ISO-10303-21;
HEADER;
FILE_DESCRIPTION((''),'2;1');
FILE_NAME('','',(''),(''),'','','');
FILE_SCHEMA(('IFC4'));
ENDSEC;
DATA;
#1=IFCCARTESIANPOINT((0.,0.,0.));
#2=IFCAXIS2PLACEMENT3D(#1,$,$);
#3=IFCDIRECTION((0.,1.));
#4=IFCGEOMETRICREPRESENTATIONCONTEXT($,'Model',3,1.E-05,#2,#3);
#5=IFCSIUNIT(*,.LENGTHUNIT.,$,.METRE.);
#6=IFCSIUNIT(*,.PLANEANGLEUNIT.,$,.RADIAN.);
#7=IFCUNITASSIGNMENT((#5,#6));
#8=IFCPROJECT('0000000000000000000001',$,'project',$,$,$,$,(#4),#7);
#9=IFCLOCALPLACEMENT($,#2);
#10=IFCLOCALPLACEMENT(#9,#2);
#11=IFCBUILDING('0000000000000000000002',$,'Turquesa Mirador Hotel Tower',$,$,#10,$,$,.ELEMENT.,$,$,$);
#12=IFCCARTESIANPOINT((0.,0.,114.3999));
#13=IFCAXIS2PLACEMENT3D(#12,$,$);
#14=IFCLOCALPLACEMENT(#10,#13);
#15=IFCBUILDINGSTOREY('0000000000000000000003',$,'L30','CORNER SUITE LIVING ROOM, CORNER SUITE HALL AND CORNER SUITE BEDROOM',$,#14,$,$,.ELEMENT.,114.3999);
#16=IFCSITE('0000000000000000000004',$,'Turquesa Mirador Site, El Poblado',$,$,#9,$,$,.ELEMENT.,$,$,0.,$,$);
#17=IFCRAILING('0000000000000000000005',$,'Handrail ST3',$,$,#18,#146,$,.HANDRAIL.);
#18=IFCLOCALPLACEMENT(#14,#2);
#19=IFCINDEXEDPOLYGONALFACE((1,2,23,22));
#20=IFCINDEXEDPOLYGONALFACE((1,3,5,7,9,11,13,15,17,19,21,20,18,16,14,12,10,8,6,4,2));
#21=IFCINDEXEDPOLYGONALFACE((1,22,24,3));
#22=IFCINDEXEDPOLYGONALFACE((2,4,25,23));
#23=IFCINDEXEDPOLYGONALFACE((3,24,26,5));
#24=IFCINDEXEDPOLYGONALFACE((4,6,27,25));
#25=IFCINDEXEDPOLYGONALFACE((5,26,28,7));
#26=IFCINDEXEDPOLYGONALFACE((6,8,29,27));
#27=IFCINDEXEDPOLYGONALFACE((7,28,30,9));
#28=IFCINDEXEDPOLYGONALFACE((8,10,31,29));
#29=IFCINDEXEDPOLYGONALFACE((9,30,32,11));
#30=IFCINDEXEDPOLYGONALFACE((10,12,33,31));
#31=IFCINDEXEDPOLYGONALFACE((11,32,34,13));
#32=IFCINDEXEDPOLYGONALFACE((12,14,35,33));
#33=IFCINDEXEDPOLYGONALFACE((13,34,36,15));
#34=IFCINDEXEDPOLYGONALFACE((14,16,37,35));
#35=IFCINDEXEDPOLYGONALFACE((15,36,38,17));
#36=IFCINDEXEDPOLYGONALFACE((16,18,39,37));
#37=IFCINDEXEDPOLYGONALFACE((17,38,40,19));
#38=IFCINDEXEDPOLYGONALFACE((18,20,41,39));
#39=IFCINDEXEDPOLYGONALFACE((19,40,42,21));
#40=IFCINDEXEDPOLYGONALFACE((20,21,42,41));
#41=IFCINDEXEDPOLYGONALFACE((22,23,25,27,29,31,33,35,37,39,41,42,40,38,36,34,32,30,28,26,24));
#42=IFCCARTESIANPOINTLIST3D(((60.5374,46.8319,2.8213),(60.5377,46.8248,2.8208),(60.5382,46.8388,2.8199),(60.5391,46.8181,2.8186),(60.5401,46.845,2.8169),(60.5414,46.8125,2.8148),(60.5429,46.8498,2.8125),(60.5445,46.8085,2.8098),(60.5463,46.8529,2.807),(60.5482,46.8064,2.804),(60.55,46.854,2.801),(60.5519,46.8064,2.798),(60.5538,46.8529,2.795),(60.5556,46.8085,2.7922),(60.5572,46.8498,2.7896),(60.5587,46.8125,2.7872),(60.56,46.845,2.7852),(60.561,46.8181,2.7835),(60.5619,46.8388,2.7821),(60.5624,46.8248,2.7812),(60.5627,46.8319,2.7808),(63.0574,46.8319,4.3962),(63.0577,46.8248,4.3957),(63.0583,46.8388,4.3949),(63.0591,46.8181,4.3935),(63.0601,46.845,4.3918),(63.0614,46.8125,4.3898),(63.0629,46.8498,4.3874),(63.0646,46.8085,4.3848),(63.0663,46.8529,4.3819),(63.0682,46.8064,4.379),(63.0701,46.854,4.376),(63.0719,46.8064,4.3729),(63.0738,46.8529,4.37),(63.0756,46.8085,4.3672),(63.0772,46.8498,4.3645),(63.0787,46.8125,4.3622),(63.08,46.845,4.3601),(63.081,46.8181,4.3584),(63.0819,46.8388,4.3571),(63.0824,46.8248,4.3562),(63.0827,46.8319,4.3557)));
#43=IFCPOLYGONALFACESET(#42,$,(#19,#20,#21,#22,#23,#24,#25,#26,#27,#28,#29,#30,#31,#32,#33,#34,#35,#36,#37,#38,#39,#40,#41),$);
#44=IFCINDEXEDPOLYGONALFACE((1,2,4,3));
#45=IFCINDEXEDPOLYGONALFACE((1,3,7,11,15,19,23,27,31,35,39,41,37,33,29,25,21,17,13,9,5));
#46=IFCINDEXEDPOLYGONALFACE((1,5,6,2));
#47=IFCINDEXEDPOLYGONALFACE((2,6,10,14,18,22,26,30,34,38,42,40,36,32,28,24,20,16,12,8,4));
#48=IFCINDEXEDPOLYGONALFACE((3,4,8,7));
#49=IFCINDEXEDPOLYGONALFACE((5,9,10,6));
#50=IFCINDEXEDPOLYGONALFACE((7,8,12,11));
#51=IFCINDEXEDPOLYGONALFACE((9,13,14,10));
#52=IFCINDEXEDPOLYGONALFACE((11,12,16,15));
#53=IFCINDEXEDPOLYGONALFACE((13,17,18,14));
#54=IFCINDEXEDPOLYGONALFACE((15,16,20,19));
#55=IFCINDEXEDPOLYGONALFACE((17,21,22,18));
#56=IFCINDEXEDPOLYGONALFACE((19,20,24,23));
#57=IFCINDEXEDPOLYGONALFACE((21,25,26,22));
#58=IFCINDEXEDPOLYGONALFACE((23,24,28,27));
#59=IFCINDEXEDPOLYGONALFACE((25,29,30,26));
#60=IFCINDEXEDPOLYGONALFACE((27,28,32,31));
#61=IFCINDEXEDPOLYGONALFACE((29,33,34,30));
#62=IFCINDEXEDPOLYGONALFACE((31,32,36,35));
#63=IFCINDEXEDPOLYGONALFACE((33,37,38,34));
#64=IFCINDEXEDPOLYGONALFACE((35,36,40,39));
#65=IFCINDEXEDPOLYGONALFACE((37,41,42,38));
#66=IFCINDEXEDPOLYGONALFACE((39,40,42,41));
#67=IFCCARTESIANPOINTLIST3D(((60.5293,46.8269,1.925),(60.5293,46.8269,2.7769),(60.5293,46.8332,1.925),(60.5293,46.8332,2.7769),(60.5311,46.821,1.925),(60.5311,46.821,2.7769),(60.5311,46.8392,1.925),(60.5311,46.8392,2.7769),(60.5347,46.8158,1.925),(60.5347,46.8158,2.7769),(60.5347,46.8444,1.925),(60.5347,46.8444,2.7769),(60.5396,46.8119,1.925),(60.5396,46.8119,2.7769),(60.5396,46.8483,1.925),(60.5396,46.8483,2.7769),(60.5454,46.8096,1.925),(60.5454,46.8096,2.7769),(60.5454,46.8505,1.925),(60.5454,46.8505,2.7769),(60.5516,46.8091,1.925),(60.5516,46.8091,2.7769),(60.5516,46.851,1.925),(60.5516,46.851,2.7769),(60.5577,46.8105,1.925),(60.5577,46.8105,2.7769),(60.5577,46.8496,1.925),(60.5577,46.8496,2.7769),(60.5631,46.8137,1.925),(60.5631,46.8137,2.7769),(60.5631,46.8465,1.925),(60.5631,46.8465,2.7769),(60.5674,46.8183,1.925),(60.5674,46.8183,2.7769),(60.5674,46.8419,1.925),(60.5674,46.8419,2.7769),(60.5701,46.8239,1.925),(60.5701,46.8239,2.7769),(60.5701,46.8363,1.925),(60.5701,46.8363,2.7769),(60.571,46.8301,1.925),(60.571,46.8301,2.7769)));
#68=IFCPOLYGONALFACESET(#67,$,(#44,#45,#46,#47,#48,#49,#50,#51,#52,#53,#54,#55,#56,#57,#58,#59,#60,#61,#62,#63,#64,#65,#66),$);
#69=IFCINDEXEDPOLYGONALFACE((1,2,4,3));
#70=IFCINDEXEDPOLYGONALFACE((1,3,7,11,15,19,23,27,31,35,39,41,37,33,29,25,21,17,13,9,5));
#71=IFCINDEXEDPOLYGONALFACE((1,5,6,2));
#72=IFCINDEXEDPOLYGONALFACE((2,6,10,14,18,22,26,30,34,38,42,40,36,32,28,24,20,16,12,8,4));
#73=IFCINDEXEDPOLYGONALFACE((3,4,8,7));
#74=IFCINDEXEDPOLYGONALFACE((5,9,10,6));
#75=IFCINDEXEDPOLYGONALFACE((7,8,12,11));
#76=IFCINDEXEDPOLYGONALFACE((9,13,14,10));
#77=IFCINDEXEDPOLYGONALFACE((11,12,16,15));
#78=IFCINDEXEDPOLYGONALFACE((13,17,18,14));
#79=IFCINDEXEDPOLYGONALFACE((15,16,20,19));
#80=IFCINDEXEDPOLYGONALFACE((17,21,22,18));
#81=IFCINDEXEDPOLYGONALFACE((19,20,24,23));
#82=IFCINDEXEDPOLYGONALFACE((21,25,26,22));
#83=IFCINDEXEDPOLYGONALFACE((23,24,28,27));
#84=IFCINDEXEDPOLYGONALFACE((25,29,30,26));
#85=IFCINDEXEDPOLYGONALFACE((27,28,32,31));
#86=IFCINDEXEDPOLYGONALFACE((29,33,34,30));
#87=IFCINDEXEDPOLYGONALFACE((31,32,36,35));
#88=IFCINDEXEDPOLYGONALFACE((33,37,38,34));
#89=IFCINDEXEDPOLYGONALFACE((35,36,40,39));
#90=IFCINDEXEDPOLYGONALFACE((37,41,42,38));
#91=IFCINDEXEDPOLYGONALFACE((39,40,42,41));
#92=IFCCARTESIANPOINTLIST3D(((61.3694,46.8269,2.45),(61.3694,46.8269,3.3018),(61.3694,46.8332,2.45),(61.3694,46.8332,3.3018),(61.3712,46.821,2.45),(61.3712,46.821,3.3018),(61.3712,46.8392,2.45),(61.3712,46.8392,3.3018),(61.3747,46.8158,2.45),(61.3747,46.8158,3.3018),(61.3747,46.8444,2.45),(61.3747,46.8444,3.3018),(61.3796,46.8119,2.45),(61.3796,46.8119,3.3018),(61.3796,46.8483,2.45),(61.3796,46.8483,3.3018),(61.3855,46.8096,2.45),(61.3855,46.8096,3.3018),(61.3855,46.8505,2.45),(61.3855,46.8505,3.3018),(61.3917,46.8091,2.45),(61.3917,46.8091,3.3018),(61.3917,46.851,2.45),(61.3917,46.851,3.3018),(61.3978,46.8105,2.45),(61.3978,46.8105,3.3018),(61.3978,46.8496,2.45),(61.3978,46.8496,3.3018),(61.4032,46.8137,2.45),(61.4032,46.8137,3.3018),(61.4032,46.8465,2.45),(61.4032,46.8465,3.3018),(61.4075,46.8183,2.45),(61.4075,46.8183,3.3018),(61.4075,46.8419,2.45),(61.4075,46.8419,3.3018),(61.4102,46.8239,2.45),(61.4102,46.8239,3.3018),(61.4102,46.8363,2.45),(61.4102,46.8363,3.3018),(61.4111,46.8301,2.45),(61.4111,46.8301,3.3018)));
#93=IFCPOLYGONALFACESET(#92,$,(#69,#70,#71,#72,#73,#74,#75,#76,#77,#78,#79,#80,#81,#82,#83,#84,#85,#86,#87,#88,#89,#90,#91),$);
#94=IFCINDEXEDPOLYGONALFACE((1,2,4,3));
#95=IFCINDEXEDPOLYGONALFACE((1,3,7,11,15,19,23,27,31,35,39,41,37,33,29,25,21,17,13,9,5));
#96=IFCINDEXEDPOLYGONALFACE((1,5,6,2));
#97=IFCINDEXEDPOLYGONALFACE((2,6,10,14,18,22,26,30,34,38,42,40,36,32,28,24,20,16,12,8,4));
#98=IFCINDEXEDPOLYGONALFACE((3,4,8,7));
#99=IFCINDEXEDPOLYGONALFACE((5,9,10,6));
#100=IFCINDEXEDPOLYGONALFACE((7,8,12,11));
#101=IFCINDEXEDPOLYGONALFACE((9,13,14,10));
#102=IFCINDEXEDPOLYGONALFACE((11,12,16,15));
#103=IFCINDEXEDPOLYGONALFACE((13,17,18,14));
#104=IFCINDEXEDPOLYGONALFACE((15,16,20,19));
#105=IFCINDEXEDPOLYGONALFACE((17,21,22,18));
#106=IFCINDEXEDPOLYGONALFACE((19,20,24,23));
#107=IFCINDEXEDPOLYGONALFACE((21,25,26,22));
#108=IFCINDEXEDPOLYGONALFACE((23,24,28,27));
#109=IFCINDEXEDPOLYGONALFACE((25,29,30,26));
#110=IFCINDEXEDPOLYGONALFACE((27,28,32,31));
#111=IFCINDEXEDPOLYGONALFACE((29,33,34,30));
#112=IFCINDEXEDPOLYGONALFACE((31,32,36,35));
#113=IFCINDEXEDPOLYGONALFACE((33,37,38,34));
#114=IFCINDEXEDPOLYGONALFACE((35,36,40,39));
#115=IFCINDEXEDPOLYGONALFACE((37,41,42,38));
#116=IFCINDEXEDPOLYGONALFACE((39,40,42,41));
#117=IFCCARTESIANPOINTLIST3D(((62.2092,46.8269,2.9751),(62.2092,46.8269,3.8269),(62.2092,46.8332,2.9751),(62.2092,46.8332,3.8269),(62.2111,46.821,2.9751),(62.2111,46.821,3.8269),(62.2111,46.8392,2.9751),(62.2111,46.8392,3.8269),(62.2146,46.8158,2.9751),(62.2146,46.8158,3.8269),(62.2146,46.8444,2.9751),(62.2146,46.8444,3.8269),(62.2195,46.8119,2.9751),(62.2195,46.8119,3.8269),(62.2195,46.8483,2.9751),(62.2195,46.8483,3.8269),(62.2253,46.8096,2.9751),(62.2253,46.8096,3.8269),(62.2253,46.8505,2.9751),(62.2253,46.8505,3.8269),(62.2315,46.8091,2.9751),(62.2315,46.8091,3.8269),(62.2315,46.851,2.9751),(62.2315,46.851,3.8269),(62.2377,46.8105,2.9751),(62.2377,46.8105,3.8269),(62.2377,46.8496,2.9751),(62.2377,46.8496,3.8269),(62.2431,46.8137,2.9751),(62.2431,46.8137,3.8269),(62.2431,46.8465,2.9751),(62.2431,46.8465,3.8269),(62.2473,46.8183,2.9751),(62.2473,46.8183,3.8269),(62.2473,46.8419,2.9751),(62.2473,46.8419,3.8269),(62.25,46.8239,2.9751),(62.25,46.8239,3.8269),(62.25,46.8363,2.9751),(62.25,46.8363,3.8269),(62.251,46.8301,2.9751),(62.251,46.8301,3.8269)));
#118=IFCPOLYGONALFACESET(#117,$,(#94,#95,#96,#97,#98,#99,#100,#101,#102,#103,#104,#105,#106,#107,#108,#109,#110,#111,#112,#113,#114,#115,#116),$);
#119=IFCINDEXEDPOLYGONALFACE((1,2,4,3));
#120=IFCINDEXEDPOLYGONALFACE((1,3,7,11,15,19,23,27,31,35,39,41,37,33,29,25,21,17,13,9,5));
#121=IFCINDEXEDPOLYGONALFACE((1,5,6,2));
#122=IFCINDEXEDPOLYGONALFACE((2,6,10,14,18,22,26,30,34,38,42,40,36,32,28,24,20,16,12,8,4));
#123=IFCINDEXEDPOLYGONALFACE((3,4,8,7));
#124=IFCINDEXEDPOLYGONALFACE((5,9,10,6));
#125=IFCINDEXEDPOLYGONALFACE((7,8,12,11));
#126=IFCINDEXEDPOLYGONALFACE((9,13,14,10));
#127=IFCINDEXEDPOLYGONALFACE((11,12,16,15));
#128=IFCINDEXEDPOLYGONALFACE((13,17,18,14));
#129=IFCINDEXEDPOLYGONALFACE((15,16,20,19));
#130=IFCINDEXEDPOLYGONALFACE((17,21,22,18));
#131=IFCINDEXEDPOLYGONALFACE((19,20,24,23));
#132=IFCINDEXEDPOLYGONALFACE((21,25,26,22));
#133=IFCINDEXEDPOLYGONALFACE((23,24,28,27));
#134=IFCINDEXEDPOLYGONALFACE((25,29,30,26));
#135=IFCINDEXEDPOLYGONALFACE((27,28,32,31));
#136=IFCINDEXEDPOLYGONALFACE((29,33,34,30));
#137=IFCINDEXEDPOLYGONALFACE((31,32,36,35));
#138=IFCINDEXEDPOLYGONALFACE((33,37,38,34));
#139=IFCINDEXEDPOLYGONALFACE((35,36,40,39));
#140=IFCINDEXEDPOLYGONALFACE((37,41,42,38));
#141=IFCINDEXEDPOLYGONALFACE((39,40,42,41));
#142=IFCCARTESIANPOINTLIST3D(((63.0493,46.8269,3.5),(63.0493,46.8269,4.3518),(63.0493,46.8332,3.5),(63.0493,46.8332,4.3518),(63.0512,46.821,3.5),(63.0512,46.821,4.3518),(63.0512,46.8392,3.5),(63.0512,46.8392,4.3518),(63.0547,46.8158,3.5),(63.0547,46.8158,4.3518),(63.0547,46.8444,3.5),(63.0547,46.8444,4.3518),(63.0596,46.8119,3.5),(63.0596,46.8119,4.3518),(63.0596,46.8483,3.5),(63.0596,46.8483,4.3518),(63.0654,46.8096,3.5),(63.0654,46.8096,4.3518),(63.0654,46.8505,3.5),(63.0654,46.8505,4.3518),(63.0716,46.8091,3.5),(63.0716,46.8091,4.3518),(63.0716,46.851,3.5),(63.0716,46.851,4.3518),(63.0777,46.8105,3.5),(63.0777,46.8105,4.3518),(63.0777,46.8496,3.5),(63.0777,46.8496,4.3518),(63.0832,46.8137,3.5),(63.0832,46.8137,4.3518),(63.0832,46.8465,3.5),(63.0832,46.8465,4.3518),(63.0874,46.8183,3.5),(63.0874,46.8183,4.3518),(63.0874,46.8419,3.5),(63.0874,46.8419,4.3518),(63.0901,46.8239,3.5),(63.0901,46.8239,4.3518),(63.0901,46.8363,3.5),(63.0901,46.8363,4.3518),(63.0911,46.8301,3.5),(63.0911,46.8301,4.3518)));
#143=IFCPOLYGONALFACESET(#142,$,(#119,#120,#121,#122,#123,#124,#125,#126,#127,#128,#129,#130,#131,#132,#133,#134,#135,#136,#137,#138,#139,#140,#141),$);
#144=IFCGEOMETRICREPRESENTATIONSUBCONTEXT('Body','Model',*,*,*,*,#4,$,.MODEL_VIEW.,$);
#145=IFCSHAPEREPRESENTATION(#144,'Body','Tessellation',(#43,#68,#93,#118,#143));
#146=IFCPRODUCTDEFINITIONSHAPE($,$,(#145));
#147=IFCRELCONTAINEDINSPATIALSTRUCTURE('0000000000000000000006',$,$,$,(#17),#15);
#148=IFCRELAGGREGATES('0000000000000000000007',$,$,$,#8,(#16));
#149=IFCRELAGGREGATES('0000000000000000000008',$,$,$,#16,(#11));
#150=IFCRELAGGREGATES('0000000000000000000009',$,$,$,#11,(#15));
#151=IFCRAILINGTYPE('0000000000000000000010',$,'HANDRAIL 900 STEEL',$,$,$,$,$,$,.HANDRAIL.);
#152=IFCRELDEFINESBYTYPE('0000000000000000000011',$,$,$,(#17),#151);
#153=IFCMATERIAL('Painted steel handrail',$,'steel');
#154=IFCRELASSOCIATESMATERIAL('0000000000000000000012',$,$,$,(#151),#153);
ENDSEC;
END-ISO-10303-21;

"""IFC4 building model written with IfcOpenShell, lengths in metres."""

from ifc_helpers import new_model, si_unit, direction, frame, origin, origin_2d, place, context, subcontext, project, spatial, circle, extrude, material, type_object, element, save


model = new_model("IFC4")

# Units and contexts
model_context = context("Model", 3, precision=1e-05, world=origin(), true_north=direction((0.0, 1.0)))
body_context = subcontext(model_context, "Body", "Model", "MODEL_VIEW")
ifc_project = project(units=[si_unit("LENGTHUNIT", "METRE"), si_unit("PLANEANGLEUNIT", "RADIAN")], contexts=[model_context])

# Site, building, storey
site_placement = place(None, origin())
site = spatial("IfcSite", under=ifc_project, at=site_placement, Name="Turquesa Mirador Site, El Poblado", CompositionType="ELEMENT", RefElevation=0.0)
building_placement = place(site_placement, origin())
building = spatial("IfcBuilding", under=site, at=building_placement, Name="Turquesa Mirador Hotel Tower", CompositionType="ELEMENT")
storey_placement = place(building_placement, frame((0.0, 0.0, 114.3999)))
storey = spatial("IfcBuildingStorey", under=building, at=storey_placement, Name="L30", Description="CORNER SUITE LIVING ROOM, CORNER SUITE HALL AND CORNER SUITE BEDROOM", CompositionType="ELEMENT", Elevation=114.3999)

# Railing
ifc_material_1 = material(Name="Painted steel handrail", Category="steel")
railing_type = type_object("IfcRailingType", Name="HANDRAIL 900 STEEL", PredefinedType="HANDRAIL", material=ifc_material_1)
railing_placement = place(storey_placement, frame((60.55, 46.8301, 1.925)))
element("IfcRailing", 1, at=railing_placement, inside=storey, type_object=railing_type, Name="Handrail ST3", PredefinedType="HANDRAIL", context=body_context, shape_type="SweptSolid", body=[
    extrude(circle(Radius=0.0239, at=origin_2d()), frame((0.0, 0.0, 0.876), z_axis=(0.848008, 0.0, 0.529984), x_axis=(0.0, 1.0, 0.0)), (0.0, 0.0, 1.0), 2.9717),
    extrude(circle(Radius=0.021, at=origin_2d()), origin(), (0.0, 0.0, 1.0), 0.8518),
    extrude(circle(Radius=0.021, at=origin_2d()), frame((0.8401, 0.0, 0.5249)), (0.0, 0.0, 1.0), 0.8518),
    extrude(circle(Radius=0.021, at=origin_2d()), frame((1.6799, 0.0, 1.05)), (0.0, 0.0, 1.0), 0.8518),
    extrude(circle(Radius=0.021, at=origin_2d()), frame((2.52, 0.0, 1.575)), (0.0, 0.0, 1.0), 0.8518),
])

save(model, "model.ifc")
